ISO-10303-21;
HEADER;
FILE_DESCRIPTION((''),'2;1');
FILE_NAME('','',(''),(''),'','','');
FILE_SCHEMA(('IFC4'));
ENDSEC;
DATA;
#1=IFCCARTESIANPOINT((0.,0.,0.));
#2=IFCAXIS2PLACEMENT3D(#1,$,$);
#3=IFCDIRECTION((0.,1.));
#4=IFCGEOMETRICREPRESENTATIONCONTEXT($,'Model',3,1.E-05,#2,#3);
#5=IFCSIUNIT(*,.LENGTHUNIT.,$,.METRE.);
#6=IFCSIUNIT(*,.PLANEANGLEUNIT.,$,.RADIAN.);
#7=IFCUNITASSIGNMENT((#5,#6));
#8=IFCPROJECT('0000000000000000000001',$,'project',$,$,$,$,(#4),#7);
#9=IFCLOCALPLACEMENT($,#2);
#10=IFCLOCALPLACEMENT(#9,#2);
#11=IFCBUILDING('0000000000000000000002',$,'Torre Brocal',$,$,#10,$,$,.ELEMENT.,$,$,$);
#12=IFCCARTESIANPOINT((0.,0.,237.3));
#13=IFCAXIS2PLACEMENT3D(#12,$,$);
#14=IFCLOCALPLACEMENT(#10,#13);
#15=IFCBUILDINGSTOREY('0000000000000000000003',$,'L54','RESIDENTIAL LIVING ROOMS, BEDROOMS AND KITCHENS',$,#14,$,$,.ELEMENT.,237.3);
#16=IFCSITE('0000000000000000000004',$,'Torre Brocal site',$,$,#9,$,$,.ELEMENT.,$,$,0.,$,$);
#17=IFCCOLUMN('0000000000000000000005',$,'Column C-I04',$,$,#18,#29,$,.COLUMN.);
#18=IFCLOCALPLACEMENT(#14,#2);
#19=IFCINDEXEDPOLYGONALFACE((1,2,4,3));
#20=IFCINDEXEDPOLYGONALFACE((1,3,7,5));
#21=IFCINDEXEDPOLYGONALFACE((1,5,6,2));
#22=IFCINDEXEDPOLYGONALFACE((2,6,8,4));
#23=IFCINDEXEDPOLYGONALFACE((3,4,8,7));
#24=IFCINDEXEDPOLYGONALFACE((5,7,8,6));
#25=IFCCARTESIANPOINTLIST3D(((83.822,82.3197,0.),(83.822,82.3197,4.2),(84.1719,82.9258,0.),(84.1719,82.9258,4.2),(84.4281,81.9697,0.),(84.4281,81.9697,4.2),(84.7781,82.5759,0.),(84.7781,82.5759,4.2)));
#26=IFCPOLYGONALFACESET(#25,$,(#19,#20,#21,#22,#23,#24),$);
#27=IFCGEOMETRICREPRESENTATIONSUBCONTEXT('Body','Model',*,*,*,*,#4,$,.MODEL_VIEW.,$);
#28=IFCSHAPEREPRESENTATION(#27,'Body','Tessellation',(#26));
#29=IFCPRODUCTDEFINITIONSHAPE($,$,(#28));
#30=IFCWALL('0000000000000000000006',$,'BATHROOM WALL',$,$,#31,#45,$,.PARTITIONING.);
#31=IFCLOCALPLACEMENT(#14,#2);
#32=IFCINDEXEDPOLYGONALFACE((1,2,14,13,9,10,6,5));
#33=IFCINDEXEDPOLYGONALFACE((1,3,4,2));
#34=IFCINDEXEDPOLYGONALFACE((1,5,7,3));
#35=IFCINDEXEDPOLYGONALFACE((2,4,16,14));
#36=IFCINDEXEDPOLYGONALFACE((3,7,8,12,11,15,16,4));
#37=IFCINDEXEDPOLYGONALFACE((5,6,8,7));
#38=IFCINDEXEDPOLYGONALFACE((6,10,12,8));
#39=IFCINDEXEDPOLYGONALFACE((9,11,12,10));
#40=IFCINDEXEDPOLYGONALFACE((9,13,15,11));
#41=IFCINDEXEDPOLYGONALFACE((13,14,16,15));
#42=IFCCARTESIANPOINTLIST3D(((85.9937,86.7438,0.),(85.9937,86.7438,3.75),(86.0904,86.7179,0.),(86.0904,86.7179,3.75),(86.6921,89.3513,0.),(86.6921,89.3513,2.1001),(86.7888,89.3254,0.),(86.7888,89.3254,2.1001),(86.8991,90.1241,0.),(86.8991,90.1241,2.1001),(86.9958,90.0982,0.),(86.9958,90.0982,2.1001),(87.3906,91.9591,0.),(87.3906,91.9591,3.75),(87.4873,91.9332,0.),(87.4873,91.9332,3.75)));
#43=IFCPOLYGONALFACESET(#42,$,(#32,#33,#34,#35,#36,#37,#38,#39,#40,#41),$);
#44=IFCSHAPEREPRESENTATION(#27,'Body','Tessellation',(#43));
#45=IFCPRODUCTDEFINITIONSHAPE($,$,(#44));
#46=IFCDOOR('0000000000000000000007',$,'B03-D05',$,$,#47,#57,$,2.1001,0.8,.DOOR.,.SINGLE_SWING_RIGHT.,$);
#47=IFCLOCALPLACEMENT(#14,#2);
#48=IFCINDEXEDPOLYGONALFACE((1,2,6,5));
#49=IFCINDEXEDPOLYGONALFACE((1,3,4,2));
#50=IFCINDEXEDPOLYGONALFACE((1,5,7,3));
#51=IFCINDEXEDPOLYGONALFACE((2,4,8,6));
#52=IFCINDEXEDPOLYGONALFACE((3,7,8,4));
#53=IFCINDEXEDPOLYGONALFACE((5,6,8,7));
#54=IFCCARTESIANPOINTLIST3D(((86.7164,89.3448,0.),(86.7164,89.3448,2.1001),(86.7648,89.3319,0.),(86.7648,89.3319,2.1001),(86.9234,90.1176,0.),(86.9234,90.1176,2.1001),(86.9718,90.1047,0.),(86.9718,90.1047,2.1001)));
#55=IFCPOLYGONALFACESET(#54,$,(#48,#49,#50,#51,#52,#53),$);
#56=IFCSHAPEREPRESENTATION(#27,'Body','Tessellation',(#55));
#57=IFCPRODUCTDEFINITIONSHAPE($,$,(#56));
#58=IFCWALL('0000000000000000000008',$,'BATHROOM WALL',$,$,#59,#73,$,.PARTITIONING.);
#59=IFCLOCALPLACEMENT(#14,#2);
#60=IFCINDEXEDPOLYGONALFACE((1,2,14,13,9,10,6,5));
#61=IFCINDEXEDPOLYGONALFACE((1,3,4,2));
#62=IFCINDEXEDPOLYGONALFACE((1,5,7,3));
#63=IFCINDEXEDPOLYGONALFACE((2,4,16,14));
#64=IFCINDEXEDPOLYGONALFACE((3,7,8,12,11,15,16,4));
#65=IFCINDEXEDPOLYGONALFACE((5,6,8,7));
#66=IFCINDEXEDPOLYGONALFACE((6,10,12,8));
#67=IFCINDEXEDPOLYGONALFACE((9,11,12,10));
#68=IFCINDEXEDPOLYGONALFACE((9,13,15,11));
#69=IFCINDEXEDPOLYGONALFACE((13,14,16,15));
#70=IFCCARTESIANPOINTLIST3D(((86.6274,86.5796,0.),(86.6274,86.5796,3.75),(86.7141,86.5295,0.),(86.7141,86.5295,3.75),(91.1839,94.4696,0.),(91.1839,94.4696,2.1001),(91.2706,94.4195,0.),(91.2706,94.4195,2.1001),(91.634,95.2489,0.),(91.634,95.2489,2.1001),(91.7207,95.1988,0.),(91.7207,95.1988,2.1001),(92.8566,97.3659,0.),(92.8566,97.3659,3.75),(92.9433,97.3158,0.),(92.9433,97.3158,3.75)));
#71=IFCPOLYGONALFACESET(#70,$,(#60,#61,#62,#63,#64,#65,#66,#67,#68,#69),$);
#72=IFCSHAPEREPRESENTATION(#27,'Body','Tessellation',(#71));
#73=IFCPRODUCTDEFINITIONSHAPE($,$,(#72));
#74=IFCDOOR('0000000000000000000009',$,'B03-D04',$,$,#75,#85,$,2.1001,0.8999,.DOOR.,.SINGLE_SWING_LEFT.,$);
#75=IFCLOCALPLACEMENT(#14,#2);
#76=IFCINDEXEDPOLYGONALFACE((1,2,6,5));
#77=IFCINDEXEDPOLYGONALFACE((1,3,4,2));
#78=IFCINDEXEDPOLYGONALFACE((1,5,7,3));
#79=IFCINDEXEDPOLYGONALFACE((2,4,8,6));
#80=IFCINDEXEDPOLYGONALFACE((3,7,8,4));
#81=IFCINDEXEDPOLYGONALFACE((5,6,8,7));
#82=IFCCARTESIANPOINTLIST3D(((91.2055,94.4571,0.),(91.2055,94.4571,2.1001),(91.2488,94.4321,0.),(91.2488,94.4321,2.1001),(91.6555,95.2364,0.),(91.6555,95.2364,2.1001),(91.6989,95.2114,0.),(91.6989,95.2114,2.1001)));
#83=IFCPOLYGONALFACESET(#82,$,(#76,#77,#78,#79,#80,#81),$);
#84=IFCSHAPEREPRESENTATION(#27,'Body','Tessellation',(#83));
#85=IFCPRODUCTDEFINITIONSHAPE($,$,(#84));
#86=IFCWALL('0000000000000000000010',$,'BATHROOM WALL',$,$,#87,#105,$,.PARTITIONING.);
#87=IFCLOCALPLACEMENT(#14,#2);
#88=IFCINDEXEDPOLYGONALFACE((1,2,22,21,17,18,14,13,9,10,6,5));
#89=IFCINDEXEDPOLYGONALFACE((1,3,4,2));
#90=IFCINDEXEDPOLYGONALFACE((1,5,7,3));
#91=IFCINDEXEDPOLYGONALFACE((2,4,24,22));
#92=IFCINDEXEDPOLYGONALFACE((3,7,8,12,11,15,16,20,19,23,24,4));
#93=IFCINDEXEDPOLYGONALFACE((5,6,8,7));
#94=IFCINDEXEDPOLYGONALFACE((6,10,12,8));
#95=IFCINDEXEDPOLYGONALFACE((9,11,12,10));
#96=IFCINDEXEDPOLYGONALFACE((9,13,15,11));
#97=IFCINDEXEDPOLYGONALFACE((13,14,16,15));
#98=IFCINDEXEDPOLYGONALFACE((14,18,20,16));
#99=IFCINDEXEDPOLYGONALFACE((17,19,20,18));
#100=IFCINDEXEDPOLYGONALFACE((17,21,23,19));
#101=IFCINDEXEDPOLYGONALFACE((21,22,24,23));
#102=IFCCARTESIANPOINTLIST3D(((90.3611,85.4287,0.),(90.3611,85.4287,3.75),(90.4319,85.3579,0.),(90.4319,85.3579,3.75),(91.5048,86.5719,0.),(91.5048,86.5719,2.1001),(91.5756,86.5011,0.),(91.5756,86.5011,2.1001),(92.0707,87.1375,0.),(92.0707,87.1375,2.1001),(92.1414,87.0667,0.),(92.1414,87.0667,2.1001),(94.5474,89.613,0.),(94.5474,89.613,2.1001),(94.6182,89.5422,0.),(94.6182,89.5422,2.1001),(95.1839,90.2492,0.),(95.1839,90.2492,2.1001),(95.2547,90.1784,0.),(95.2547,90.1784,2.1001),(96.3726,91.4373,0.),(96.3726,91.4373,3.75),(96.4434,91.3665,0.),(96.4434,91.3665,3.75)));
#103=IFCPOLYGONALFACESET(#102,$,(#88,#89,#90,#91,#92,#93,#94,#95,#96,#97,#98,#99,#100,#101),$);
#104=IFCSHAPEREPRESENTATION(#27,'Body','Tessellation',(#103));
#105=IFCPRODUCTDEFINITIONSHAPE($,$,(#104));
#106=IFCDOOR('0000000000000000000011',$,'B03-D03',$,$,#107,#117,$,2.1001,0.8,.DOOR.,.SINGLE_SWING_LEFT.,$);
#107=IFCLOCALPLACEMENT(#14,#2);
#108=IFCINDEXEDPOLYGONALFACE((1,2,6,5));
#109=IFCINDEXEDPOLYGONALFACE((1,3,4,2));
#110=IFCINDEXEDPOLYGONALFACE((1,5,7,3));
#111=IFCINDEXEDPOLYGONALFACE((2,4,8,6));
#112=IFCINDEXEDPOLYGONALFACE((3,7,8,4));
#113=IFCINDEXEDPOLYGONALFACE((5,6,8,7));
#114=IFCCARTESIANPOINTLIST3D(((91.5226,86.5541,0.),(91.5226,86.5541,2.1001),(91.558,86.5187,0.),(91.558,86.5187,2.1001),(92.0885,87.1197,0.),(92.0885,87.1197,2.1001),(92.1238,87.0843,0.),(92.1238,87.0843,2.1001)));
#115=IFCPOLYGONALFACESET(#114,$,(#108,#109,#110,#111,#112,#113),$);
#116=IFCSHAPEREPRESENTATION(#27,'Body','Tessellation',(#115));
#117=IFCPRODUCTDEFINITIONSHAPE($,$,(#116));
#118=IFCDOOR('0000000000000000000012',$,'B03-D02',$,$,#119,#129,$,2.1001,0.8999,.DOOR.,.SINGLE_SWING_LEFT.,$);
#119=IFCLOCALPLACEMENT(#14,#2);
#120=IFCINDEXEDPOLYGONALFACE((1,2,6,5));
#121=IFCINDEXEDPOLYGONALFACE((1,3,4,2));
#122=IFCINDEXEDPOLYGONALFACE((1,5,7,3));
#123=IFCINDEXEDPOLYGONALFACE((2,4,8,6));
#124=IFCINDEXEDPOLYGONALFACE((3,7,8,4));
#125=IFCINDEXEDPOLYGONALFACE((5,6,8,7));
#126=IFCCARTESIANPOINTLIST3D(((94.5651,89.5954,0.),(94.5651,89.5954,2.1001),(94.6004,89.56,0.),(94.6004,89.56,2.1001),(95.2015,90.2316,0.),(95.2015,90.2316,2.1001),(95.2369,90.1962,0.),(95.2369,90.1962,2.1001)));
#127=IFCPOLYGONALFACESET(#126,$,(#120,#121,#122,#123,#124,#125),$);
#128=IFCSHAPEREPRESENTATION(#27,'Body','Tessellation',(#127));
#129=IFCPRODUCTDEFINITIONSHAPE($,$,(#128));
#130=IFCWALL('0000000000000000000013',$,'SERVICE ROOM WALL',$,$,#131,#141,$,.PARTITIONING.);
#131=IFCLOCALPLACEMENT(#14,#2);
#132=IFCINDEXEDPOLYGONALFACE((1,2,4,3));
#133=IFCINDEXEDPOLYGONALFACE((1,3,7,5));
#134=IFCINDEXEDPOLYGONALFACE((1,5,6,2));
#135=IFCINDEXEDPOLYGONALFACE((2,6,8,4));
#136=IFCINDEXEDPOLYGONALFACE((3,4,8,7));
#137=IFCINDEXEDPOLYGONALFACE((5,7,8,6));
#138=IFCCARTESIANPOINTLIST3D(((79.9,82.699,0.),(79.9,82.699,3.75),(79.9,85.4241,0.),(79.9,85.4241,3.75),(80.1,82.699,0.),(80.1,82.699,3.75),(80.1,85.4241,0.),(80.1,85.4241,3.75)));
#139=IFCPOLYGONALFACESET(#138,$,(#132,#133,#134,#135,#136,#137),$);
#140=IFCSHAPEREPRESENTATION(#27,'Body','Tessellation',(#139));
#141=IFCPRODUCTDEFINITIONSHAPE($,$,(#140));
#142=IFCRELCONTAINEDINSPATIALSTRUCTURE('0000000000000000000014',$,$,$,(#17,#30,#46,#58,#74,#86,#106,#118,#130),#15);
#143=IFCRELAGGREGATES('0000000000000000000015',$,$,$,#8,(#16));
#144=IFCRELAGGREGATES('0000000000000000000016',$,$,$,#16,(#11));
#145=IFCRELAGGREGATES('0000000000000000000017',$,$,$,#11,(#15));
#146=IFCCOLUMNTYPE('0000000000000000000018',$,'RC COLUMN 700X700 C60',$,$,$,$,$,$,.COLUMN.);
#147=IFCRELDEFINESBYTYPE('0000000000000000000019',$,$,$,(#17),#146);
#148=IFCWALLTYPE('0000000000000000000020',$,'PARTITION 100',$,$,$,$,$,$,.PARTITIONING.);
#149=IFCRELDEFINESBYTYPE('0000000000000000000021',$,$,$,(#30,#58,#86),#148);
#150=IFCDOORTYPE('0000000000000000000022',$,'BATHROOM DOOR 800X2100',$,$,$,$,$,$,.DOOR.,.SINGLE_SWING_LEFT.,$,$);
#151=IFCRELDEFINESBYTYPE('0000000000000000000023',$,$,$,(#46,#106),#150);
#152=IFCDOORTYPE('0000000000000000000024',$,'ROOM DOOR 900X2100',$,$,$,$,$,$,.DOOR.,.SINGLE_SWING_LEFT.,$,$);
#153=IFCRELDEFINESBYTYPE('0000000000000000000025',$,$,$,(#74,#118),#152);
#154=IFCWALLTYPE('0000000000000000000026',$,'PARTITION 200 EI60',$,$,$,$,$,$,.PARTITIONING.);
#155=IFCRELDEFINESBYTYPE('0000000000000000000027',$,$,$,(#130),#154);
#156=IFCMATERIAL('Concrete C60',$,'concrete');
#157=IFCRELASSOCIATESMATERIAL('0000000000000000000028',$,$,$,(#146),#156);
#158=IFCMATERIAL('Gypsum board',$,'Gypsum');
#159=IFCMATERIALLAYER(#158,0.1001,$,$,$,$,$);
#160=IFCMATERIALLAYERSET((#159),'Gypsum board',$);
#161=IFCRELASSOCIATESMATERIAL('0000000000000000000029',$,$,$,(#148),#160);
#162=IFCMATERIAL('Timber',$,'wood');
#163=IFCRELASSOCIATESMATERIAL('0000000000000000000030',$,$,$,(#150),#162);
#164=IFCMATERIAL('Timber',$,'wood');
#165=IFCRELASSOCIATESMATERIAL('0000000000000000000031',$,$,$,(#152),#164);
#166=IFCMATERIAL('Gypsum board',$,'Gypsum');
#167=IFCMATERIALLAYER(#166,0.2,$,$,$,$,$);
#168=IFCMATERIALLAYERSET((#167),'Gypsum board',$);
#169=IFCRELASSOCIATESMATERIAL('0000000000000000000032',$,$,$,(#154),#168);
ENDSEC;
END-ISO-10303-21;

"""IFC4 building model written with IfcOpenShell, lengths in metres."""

from ifc_helpers import new_model, si_unit, direction, frame, frame_2d, origin, origin_2d, place, context, subcontext, project, spatial, rectangle, extrude, material, layer, layer_set, material_profile, profile_set, type_object, element, fill, save


model = new_model("IFC4")

# Units and contexts
model_context = context("Model", 3, precision=1e-05, world=origin(), true_north=direction((0.0, 1.0)))
body_context = subcontext(model_context, "Body", "Model", "MODEL_VIEW")
ifc_project = project(units=[si_unit("LENGTHUNIT", "METRE"), si_unit("PLANEANGLEUNIT", "RADIAN")], contexts=[model_context])

# Site, building, storey
site_placement = place(None, origin())
site = spatial("IfcSite", under=ifc_project, at=site_placement, Name="Torre Brocal site", CompositionType="ELEMENT", RefElevation=0.0)
building_placement = place(site_placement, origin())
building = spatial("IfcBuilding", under=site, at=building_placement, Name="Torre Brocal", CompositionType="ELEMENT")
storey_placement = place(building_placement, frame((0.0, 0.0, 237.3)))
storey = spatial("IfcBuildingStorey", under=building, at=storey_placement, Name="L54", Description="RESIDENTIAL LIVING ROOMS, BEDROOMS AND KITCHENS", CompositionType="ELEMENT", Elevation=237.3)

# Column
ifc_material_1 = material(Name="Concrete C60", Category="concrete")
ifc_material_profile = material_profile(ifc_material_1, rectangle(XDim=0.7, YDim=0.7, at=origin_2d()), Name="RC 700X700")
ifc_profile_set = profile_set([ifc_material_profile], Name="Concrete C60")
column_type = type_object("IfcColumnType", Name="RC COLUMN 700X700 C60", PredefinedType="COLUMN", material=ifc_profile_set)
column_placement = place(storey_placement, frame((84.3, 82.4478, 0.0), z_axis=(0.0, 0.0, 1.0), x_axis=(0.5, 0.866025, 0.0)))
element("IfcColumn", 1, at=column_placement, inside=storey, type_object=column_type, Name="Column C-I04", PredefinedType="COLUMN", context=body_context, shape_type="SweptSolid", body=[
    extrude(rectangle(XDim=0.7, YDim=0.7, at=origin_2d()), origin(), (0.0, 0.0, 1.0), 4.2),
])

# Walls, openings, doors
ifc_material_2 = material(Name="Gypsum board", Category="Gypsum")
ifc_layer_1 = layer(ifc_material_2, 0.1001)
ifc_layer_set_1 = layer_set([ifc_layer_1], Name="Gypsum board")
wall_type_1 = type_object("IfcWallType", Name="PARTITION 100", PredefinedType="PARTITIONING", material=ifc_layer_set_1)
wall_1_placement = place(storey_placement, frame((86.042, 86.7307, 0.0), z_axis=(0.0, 0.0, 1.0), x_axis=(0.258738, 0.965948, 0.0)))
wall_1 = element("IfcWall", 2, at=wall_1_placement, inside=storey, type_object=wall_type_1, Name="BATHROOM WALL", PredefinedType="PARTITIONING", context=body_context, shape_type="SweptSolid", body=[
    extrude(rectangle(XDim=5.3992, YDim=0.1001, at=frame_2d((2.6997, 0.0))), origin(), (0.0, 0.0, 1.0), 3.75),
])
opening_1_placement = place(wall_1_placement, frame((2.6997, 0.0, 0.0)))
opening_1 = element("IfcOpeningElement", 3, at=opening_1_placement, cuts=wall_1, PredefinedType="OPENING", context=body_context, shape_type="SweptSolid", body=[
    extrude(rectangle(XDim=0.8, YDim=2.1001, at=frame_2d((0.3999, 1.05))), frame((0.0, 0.0601, 0.0), z_axis=(0.0, -1.0, 0.0), x_axis=(1.0, 0.0, 0.0)), (0.0, 0.0, 1.0), 0.1201),
])
ifc_material_3 = material(Name="Timber", Category="wood")
door_type_1 = type_object("IfcDoorType", Name="BATHROOM DOOR 800X2100", OperationType="SINGLE_SWING_LEFT", PredefinedType="DOOR", material=ifc_material_3)
door_1_placement = place(opening_1_placement, origin())
door_1 = element("IfcDoor", 4, at=door_1_placement, inside=storey, type_object=door_type_1, Name="B03-D05", OperationType="SINGLE_SWING_RIGHT", OverallHeight=2.1001, OverallWidth=0.8, PredefinedType="DOOR", context=body_context, shape_type="SweptSolid", body=[
    extrude(rectangle(XDim=0.8, YDim=2.1001, at=frame_2d((0.3999, 1.05))), frame((0.0, 0.0249, 0.0), z_axis=(0.0, -1.0, 0.0), x_axis=(1.0, 0.0, 0.0)), (0.0, 0.0, 1.0), 0.05),
])
fill(opening_1, door_1)
wall_2_placement = place(storey_placement, frame((86.6707, 86.5544, 0.0), z_axis=(0.0, 0.0, 1.0), x_axis=(0.500104, 0.865965, 0.0)))
wall_2 = element("IfcWall", 5, at=wall_2_placement, inside=storey, type_object=wall_type_1, Name="BATHROOM WALL", PredefinedType="PARTITIONING", context=body_context, shape_type="SweptSolid", body=[
    extrude(rectangle(XDim=12.4558, YDim=0.1001, at=frame_2d((6.228, 0.0))), origin(), (0.0, 0.0, 1.0), 3.75),
])
opening_2_placement = place(wall_2_placement, frame((9.1113, 0.0, 0.0)))
opening_2 = element("IfcOpeningElement", 6, at=opening_2_placement, cuts=wall_2, PredefinedType="OPENING", context=body_context, shape_type="SweptSolid", body=[
    extrude(rectangle(XDim=0.8999, YDim=2.1001, at=frame_2d((0.45, 1.05))), frame((0.0, 0.0601, 0.0), z_axis=(0.0, -1.0, 0.0), x_axis=(1.0, 0.0, 0.0)), (0.0, 0.0, 1.0), 0.1201),
])
ifc_material_4 = material(Name="Timber", Category="wood")
door_type_2 = type_object("IfcDoorType", Name="ROOM DOOR 900X2100", OperationType="SINGLE_SWING_LEFT", PredefinedType="DOOR", material=ifc_material_4)
door_2_placement = place(opening_2_placement, frame((0.8999, 0.0, 0.0), z_axis=(0.0, 0.0, 1.0), x_axis=(-1.0, 0.0, 0.0)))
door_2 = element("IfcDoor", 7, at=door_2_placement, inside=storey, type_object=door_type_2, Name="B03-D04", OperationType="SINGLE_SWING_LEFT", OverallHeight=2.1001, OverallWidth=0.8999, PredefinedType="DOOR", context=body_context, shape_type="SweptSolid", body=[
    extrude(rectangle(XDim=0.8999, YDim=2.1001, at=frame_2d((0.45, 1.05))), frame((0.0, 0.0249, 0.0), z_axis=(0.0, -1.0, 0.0), x_axis=(1.0, 0.0, 0.0)), (0.0, 0.0, 1.0), 0.05),
])
fill(opening_2, door_2)

# Wall, openings, doors
wall_3_placement = place(storey_placement, frame((90.3965, 85.3933, 0.0), z_axis=(0.0, 0.0, 1.0), x_axis=(0.707279, 0.706934, 0.0)))
wall_3 = element("IfcWall", 8, at=wall_3_placement, inside=storey, type_object=wall_type_1, Name="BATHROOM WALL", PredefinedType="PARTITIONING", context=body_context, shape_type="SweptSolid", body=[
    extrude(rectangle(XDim=8.4995, YDim=0.1001, at=frame_2d((4.2498, 0.0))), origin(), (0.0, 0.0, 1.0), 3.75),
])
opening_3_placement = place(wall_3_placement, frame((5.9189, 0.0, 0.0)))
opening_3 = element("IfcOpeningElement", 9, at=opening_3_placement, cuts=wall_3, PredefinedType="OPENING", context=body_context, shape_type="SweptSolid", body=[
    extrude(rectangle(XDim=0.8999, YDim=2.1001, at=frame_2d((0.45, 1.05))), frame((0.0, 0.0601, 0.0), z_axis=(0.0, -1.0, 0.0), x_axis=(1.0, 0.0, 0.0)), (0.0, 0.0, 1.0), 0.1201),
])
opening_4_placement = place(wall_3_placement, frame((1.6172, 0.0, 0.0)))
opening_4 = element("IfcOpeningElement", 10, at=opening_4_placement, cuts=wall_3, PredefinedType="OPENING", context=body_context, shape_type="SweptSolid", body=[
    extrude(rectangle(XDim=0.8, YDim=2.1001, at=frame_2d((0.3999, 1.05))), frame((0.0, 0.0601, 0.0), z_axis=(0.0, -1.0, 0.0), x_axis=(1.0, 0.0, 0.0)), (0.0, 0.0, 1.0), 0.1201),
])
door_3_placement = place(opening_4_placement, origin())
door_3 = element("IfcDoor", 11, at=door_3_placement, inside=storey, type_object=door_type_1, Name="B03-D03", OperationType="SINGLE_SWING_LEFT", OverallHeight=2.1001, OverallWidth=0.8, PredefinedType="DOOR", context=body_context, shape_type="SweptSolid", body=[
    extrude(rectangle(XDim=0.8, YDim=2.1001, at=frame_2d((0.3999, 1.05))), frame((0.0, 0.0249, 0.0), z_axis=(0.0, -1.0, 0.0), x_axis=(1.0, 0.0, 0.0)), (0.0, 0.0, 1.0), 0.05),
])
fill(opening_4, door_3)
door_4_placement = place(opening_3_placement, frame((0.8999, 0.0, 0.0), z_axis=(0.0, 0.0, 1.0), x_axis=(-1.0, 0.0, 0.0)))
door_4 = element("IfcDoor", 12, at=door_4_placement, inside=storey, type_object=door_type_2, Name="B03-D02", OperationType="SINGLE_SWING_LEFT", OverallHeight=2.1001, OverallWidth=0.8999, PredefinedType="DOOR", context=body_context, shape_type="SweptSolid", body=[
    extrude(rectangle(XDim=0.8999, YDim=2.1001, at=frame_2d((0.45, 1.05))), frame((0.0, 0.0249, 0.0), z_axis=(0.0, -1.0, 0.0), x_axis=(1.0, 0.0, 0.0)), (0.0, 0.0, 1.0), 0.05),
])
fill(opening_3, door_4)

# Wall
ifc_material_5 = material(Name="Gypsum board", Category="Gypsum")
ifc_layer_2 = layer(ifc_material_5, 0.2)
ifc_layer_set_2 = layer_set([ifc_layer_2], Name="Gypsum board")
wall_type_2 = type_object("IfcWallType", Name="PARTITION 200 EI60", PredefinedType="PARTITIONING", material=ifc_layer_set_2)
wall_4_placement = place(storey_placement, frame((80.0, 82.699, 0.0), z_axis=(0.0, 0.0, 1.0), x_axis=(0.0, 1.0, 0.0)))
element("IfcWall", 13, at=wall_4_placement, inside=storey, type_object=wall_type_2, Name="SERVICE ROOM WALL", PredefinedType="PARTITIONING", context=body_context, shape_type="SweptSolid", body=[
    extrude(rectangle(XDim=2.7251, YDim=0.2, at=frame_2d((1.3625, 0.0))), origin(), (0.0, 0.0, 1.0), 3.75),
])

save(model, "model.ifc")
